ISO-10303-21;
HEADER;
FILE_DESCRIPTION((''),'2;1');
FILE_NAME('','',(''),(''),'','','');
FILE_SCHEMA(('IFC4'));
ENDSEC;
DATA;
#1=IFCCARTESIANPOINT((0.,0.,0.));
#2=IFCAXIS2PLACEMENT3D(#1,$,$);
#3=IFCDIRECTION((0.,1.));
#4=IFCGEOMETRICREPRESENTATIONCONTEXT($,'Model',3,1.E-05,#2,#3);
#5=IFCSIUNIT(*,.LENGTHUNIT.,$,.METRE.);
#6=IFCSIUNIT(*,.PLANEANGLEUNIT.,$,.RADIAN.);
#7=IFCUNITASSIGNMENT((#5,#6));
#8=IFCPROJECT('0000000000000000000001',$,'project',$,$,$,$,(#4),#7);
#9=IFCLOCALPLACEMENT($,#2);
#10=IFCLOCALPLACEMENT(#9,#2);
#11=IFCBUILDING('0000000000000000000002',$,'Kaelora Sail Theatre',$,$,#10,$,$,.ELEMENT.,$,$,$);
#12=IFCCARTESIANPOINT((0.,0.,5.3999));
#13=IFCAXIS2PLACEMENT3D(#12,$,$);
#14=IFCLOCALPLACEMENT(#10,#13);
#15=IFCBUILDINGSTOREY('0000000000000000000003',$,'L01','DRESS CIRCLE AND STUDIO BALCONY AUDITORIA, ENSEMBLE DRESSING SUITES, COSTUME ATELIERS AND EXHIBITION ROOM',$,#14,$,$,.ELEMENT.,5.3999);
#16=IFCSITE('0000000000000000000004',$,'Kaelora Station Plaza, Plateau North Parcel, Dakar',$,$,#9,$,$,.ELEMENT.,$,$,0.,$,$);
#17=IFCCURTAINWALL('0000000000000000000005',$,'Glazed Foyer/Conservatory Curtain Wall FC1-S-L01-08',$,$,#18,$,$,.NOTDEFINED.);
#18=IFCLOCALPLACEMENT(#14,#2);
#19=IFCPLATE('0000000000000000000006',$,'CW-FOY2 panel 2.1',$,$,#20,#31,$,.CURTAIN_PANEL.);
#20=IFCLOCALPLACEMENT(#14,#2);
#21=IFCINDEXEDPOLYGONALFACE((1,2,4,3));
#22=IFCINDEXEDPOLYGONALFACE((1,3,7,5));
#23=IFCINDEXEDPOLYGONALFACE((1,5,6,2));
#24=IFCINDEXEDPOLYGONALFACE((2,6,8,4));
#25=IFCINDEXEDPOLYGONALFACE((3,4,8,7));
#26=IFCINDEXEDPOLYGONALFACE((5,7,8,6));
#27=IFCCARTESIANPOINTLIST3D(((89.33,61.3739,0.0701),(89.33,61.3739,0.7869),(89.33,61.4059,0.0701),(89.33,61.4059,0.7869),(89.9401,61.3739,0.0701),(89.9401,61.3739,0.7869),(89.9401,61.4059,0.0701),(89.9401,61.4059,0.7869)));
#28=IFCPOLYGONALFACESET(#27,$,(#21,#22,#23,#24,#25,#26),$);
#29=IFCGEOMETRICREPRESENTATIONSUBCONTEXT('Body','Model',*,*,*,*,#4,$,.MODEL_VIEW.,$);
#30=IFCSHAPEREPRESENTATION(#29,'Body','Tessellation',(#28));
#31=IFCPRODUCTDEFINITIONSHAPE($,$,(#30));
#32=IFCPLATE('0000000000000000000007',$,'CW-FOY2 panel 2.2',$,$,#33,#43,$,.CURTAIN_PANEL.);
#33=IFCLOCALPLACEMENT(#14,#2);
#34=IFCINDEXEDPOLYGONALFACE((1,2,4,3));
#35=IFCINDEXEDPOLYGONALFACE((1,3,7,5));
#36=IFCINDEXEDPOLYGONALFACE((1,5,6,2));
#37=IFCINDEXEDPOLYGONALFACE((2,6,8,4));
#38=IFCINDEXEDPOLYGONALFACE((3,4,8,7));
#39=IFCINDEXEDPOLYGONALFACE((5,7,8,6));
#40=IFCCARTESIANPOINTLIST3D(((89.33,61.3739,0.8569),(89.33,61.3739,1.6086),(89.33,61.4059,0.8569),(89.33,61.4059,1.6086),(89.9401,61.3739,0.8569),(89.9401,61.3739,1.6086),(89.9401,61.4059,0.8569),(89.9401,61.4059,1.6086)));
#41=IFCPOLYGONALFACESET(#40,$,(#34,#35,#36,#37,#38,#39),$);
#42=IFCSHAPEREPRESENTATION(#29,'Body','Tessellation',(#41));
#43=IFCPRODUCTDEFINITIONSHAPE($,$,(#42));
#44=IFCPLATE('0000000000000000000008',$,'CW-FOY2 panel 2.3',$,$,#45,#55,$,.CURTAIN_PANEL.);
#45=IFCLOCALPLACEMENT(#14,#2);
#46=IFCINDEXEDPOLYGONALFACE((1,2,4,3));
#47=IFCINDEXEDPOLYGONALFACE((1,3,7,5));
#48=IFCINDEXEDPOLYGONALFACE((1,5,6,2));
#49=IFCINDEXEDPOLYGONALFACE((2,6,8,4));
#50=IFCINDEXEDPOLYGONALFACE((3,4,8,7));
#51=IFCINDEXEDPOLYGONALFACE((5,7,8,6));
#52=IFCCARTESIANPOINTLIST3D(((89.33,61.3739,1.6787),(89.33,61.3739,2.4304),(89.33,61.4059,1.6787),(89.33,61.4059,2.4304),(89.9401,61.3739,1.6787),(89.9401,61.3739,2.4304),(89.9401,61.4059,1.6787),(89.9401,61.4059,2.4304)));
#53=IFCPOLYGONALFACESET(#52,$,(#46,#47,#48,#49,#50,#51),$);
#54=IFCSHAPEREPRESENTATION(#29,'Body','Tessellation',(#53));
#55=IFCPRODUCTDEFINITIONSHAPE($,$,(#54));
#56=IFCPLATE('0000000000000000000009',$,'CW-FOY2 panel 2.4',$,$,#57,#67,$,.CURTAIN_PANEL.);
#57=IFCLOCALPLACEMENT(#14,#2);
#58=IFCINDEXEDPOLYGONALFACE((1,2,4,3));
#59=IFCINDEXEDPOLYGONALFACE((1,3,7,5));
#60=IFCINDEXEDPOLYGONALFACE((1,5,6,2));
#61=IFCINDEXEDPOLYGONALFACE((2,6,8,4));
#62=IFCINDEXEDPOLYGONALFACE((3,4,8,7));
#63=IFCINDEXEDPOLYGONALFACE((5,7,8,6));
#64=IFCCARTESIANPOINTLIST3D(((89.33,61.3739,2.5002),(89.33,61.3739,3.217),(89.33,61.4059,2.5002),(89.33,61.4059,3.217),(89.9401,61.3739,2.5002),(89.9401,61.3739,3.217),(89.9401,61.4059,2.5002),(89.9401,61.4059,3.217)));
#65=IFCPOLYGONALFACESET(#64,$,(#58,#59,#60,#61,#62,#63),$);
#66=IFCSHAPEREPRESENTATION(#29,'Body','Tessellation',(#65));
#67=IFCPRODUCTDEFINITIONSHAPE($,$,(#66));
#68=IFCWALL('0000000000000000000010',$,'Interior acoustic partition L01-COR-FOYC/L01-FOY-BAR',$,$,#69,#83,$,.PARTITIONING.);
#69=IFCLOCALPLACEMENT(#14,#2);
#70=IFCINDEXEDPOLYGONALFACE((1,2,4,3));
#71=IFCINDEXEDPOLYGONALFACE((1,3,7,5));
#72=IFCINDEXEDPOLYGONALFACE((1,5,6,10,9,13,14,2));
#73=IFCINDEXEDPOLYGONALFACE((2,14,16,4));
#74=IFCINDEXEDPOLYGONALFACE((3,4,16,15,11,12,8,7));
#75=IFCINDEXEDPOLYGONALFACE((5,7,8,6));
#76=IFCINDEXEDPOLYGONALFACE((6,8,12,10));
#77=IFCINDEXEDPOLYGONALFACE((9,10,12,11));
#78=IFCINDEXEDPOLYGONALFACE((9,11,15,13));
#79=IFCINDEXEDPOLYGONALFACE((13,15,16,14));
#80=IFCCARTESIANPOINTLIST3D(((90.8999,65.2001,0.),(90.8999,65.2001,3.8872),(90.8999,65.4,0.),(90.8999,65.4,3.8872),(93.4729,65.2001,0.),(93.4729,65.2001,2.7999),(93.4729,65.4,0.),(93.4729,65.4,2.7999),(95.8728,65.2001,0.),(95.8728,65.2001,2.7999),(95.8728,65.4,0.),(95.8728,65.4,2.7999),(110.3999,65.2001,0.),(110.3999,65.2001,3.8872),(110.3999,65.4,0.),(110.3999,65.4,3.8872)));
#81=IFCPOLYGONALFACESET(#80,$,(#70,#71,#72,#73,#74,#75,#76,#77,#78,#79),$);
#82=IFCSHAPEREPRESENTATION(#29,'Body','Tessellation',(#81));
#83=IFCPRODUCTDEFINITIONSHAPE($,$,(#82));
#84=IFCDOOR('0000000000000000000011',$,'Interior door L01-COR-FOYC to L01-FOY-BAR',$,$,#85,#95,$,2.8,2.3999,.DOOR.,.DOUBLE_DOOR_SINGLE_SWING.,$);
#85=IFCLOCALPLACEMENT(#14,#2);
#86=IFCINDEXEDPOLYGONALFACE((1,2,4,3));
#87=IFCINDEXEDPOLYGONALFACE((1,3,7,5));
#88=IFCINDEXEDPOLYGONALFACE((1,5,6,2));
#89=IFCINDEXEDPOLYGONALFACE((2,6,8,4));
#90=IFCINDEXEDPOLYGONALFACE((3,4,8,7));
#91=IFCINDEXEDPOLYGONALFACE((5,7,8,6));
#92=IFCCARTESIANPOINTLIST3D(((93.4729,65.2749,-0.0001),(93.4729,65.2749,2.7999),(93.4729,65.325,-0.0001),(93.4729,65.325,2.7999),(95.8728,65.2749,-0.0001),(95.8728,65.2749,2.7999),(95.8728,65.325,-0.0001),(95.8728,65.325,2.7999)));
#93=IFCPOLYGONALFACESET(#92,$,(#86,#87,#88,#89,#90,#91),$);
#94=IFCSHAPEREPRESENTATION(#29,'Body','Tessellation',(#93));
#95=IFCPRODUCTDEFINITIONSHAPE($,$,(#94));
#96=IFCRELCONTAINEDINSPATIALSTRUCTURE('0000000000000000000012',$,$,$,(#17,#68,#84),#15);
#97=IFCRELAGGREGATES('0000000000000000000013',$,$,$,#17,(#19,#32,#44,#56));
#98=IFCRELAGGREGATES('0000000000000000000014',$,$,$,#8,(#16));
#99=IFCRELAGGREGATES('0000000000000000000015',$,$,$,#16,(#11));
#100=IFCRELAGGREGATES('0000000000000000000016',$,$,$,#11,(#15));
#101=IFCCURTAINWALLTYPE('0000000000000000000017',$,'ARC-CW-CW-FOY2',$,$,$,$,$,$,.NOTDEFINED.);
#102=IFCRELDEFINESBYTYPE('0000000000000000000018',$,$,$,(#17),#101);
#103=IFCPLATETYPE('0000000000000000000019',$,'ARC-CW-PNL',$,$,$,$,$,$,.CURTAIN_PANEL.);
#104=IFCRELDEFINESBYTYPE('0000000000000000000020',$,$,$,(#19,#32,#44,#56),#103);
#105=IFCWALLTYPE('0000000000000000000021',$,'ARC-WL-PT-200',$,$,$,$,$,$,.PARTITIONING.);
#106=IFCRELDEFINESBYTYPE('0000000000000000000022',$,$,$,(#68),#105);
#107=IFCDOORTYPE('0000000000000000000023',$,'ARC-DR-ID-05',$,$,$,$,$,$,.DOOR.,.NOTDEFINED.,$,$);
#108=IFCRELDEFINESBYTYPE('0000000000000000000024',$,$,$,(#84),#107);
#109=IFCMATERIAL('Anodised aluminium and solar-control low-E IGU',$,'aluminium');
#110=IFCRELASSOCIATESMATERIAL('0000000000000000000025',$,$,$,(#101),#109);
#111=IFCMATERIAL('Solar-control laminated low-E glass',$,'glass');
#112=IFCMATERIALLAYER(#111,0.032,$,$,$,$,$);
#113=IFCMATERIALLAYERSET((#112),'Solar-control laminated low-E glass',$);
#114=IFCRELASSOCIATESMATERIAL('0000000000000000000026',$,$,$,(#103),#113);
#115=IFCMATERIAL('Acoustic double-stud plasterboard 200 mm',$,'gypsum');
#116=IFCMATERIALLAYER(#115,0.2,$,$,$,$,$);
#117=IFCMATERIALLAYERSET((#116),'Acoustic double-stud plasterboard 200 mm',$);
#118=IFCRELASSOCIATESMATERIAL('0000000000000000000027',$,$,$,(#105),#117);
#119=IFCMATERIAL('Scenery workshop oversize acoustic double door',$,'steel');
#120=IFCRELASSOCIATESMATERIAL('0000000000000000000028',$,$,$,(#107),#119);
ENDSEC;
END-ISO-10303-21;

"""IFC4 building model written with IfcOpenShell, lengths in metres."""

from ifc_helpers import new_model, si_unit, direction, frame, frame_2d, origin, origin_2d, place, context, subcontext, project, spatial, rectangle, extrude, material, layer, layer_set, type_object, element, fill, aggregate, save


model = new_model("IFC4")

# Units and contexts
model_context = context("Model", 3, precision=1e-05, world=origin(), true_north=direction((0.0, 1.0)))
body_context = subcontext(model_context, "Body", "Model", "MODEL_VIEW")
ifc_project = project(units=[si_unit("LENGTHUNIT", "METRE"), si_unit("PLANEANGLEUNIT", "RADIAN")], contexts=[model_context])

# Site, building, storey
site_placement = place(None, origin())
site = spatial("IfcSite", under=ifc_project, at=site_placement, Name="Kaelora Station Plaza, Plateau North Parcel, Dakar", CompositionType="ELEMENT", RefElevation=0.0)
building_placement = place(site_placement, origin())
building = spatial("IfcBuilding", under=site, at=building_placement, Name="Kaelora Sail Theatre", CompositionType="ELEMENT")
storey_placement = place(building_placement, frame((0.0, 0.0, 5.3999)))
storey = spatial("IfcBuildingStorey", under=building, at=storey_placement, Name="L01", Description="DRESS CIRCLE AND STUDIO BALCONY AUDITORIA, ENSEMBLE DRESSING SUITES, COSTUME ATELIERS AND EXHIBITION ROOM", CompositionType="ELEMENT", Elevation=5.3999)

# Curtain wall
ifc_material_1 = material(Name="Anodised aluminium and solar-control low-E IGU", Category="aluminium")
curtain_wall_type = type_object("IfcCurtainWallType", Name="ARC-CW-CW-FOY2", PredefinedType="NOTDEFINED", material=ifc_material_1)
curtain_wall_placement = place(storey_placement, origin())
curtain_wall = element("IfcCurtainWall", 1, at=curtain_wall_placement, inside=storey, type_object=curtain_wall_type, Name="Glazed Foyer/Conservatory Curtain Wall FC1-S-L01-08", PredefinedType="NOTDEFINED")

# Plates
ifc_material_2 = material(Name="Solar-control laminated low-E glass", Category="glass")
ifc_layer_1 = layer(ifc_material_2, 0.032)
ifc_layer_set_1 = layer_set([ifc_layer_1], Name="Solar-control laminated low-E glass")
plate_type = type_object("IfcPlateType", Name="ARC-CW-PNL", PredefinedType="CURTAIN_PANEL", material=ifc_layer_set_1)
plate_1_placement = place(storey_placement, frame((89.635, 61.3899, 0.0701), z_axis=(0.0, 0.0, 1.0), x_axis=(1.0, 0.0, 0.0)))
plate_1 = element("IfcPlate", 2, at=plate_1_placement, type_object=plate_type, Name="CW-FOY2 panel 2.1", PredefinedType="CURTAIN_PANEL", context=body_context, shape_type="SweptSolid", body=[
    extrude(rectangle(XDim=0.6101, YDim=0.032, at=origin_2d()), origin(), (0.0, 0.0, 1.0), 0.7168),
])
plate_2_placement = place(storey_placement, frame((89.635, 61.3899, 0.8569), z_axis=(0.0, 0.0, 1.0), x_axis=(1.0, 0.0, 0.0)))
plate_2 = element("IfcPlate", 3, at=plate_2_placement, type_object=plate_type, Name="CW-FOY2 panel 2.2", PredefinedType="CURTAIN_PANEL", context=body_context, shape_type="SweptSolid", body=[
    extrude(rectangle(XDim=0.6101, YDim=0.032, at=origin_2d()), origin(), (0.0, 0.0, 1.0), 0.7517),
])
plate_3_placement = place(storey_placement, frame((89.635, 61.3899, 1.6787), z_axis=(0.0, 0.0, 1.0), x_axis=(1.0, 0.0, 0.0)))
plate_3 = element("IfcPlate", 4, at=plate_3_placement, type_object=plate_type, Name="CW-FOY2 panel 2.3", PredefinedType="CURTAIN_PANEL", context=body_context, shape_type="SweptSolid", body=[
    extrude(rectangle(XDim=0.6101, YDim=0.032, at=origin_2d()), origin(), (0.0, 0.0, 1.0), 0.7517),
])
plate_4_placement = place(storey_placement, frame((89.635, 61.3899, 2.5002), z_axis=(0.0, 0.0, 1.0), x_axis=(1.0, 0.0, 0.0)))
plate_4 = element("IfcPlate", 5, at=plate_4_placement, type_object=plate_type, Name="CW-FOY2 panel 2.4", PredefinedType="CURTAIN_PANEL", context=body_context, shape_type="SweptSolid", body=[
    extrude(rectangle(XDim=0.6101, YDim=0.032, at=origin_2d()), origin(), (0.0, 0.0, 1.0), 0.7168),
])
aggregate(curtain_wall, [plate_1, plate_2, plate_3, plate_4])

# Wall, opening, door
ifc_material_3 = material(Name="Acoustic double-stud plasterboard 200 mm", Category="gypsum")
ifc_layer_2 = layer(ifc_material_3, 0.2)
ifc_layer_set_2 = layer_set([ifc_layer_2], Name="Acoustic double-stud plasterboard 200 mm")
wall_type = type_object("IfcWallType", Name="ARC-WL-PT-200", PredefinedType="PARTITIONING", material=ifc_layer_set_2)
wall_placement = place(storey_placement, frame((90.8999, 65.3, 0.0), z_axis=(0.0, 0.0, 1.0), x_axis=(1.0, 0.0, 0.0)))
wall = element("IfcWall", 6, at=wall_placement, inside=storey, type_object=wall_type, Name="Interior acoustic partition L01-COR-FOYC/L01-FOY-BAR", PredefinedType="PARTITIONING", context=body_context, shape_type="SweptSolid", body=[
    extrude(rectangle(XDim=19.5, YDim=0.2, at=frame_2d((9.75, 0.0))), origin(), (0.0, 0.0, 1.0), 3.8872),
])
opening_placement = place(wall_placement, frame((2.573, 0.0, 0.0)))
opening = element("IfcOpeningElement", 7, at=opening_placement, cuts=wall, PredefinedType="OPENING", context=body_context, shape_type="SweptSolid", body=[
    extrude(rectangle(XDim=2.3999, YDim=2.8, at=frame_2d((1.2, 1.3999))), frame((0.0, 0.1101, 0.0), z_axis=(0.0, -1.0, 0.0), x_axis=(1.0, 0.0, 0.0)), (0.0, 0.0, 1.0), 0.22),
])
ifc_material_4 = material(Name="Scenery workshop oversize acoustic double door", Category="steel")
door_type = type_object("IfcDoorType", Name="ARC-DR-ID-05", OperationType="NOTDEFINED", PredefinedType="DOOR", material=ifc_material_4)
door_placement = place(opening_placement, origin())
door = element("IfcDoor", 8, at=door_placement, inside=storey, type_object=door_type, Name="Interior door L01-COR-FOYC to L01-FOY-BAR", OperationType="DOUBLE_DOOR_SINGLE_SWING", OverallHeight=2.8, OverallWidth=2.3999, PredefinedType="DOOR", context=body_context, shape_type="SweptSolid", body=[
    extrude(rectangle(XDim=2.3999, YDim=2.8, at=frame_2d((1.2, 1.3999))), frame((0.0, 0.0249, 0.0), z_axis=(0.0, -1.0, 0.0), x_axis=(1.0, 0.0, 0.0)), (0.0, 0.0, 1.0), 0.05),
])
fill(opening, door)

save(model, "model.ifc")
